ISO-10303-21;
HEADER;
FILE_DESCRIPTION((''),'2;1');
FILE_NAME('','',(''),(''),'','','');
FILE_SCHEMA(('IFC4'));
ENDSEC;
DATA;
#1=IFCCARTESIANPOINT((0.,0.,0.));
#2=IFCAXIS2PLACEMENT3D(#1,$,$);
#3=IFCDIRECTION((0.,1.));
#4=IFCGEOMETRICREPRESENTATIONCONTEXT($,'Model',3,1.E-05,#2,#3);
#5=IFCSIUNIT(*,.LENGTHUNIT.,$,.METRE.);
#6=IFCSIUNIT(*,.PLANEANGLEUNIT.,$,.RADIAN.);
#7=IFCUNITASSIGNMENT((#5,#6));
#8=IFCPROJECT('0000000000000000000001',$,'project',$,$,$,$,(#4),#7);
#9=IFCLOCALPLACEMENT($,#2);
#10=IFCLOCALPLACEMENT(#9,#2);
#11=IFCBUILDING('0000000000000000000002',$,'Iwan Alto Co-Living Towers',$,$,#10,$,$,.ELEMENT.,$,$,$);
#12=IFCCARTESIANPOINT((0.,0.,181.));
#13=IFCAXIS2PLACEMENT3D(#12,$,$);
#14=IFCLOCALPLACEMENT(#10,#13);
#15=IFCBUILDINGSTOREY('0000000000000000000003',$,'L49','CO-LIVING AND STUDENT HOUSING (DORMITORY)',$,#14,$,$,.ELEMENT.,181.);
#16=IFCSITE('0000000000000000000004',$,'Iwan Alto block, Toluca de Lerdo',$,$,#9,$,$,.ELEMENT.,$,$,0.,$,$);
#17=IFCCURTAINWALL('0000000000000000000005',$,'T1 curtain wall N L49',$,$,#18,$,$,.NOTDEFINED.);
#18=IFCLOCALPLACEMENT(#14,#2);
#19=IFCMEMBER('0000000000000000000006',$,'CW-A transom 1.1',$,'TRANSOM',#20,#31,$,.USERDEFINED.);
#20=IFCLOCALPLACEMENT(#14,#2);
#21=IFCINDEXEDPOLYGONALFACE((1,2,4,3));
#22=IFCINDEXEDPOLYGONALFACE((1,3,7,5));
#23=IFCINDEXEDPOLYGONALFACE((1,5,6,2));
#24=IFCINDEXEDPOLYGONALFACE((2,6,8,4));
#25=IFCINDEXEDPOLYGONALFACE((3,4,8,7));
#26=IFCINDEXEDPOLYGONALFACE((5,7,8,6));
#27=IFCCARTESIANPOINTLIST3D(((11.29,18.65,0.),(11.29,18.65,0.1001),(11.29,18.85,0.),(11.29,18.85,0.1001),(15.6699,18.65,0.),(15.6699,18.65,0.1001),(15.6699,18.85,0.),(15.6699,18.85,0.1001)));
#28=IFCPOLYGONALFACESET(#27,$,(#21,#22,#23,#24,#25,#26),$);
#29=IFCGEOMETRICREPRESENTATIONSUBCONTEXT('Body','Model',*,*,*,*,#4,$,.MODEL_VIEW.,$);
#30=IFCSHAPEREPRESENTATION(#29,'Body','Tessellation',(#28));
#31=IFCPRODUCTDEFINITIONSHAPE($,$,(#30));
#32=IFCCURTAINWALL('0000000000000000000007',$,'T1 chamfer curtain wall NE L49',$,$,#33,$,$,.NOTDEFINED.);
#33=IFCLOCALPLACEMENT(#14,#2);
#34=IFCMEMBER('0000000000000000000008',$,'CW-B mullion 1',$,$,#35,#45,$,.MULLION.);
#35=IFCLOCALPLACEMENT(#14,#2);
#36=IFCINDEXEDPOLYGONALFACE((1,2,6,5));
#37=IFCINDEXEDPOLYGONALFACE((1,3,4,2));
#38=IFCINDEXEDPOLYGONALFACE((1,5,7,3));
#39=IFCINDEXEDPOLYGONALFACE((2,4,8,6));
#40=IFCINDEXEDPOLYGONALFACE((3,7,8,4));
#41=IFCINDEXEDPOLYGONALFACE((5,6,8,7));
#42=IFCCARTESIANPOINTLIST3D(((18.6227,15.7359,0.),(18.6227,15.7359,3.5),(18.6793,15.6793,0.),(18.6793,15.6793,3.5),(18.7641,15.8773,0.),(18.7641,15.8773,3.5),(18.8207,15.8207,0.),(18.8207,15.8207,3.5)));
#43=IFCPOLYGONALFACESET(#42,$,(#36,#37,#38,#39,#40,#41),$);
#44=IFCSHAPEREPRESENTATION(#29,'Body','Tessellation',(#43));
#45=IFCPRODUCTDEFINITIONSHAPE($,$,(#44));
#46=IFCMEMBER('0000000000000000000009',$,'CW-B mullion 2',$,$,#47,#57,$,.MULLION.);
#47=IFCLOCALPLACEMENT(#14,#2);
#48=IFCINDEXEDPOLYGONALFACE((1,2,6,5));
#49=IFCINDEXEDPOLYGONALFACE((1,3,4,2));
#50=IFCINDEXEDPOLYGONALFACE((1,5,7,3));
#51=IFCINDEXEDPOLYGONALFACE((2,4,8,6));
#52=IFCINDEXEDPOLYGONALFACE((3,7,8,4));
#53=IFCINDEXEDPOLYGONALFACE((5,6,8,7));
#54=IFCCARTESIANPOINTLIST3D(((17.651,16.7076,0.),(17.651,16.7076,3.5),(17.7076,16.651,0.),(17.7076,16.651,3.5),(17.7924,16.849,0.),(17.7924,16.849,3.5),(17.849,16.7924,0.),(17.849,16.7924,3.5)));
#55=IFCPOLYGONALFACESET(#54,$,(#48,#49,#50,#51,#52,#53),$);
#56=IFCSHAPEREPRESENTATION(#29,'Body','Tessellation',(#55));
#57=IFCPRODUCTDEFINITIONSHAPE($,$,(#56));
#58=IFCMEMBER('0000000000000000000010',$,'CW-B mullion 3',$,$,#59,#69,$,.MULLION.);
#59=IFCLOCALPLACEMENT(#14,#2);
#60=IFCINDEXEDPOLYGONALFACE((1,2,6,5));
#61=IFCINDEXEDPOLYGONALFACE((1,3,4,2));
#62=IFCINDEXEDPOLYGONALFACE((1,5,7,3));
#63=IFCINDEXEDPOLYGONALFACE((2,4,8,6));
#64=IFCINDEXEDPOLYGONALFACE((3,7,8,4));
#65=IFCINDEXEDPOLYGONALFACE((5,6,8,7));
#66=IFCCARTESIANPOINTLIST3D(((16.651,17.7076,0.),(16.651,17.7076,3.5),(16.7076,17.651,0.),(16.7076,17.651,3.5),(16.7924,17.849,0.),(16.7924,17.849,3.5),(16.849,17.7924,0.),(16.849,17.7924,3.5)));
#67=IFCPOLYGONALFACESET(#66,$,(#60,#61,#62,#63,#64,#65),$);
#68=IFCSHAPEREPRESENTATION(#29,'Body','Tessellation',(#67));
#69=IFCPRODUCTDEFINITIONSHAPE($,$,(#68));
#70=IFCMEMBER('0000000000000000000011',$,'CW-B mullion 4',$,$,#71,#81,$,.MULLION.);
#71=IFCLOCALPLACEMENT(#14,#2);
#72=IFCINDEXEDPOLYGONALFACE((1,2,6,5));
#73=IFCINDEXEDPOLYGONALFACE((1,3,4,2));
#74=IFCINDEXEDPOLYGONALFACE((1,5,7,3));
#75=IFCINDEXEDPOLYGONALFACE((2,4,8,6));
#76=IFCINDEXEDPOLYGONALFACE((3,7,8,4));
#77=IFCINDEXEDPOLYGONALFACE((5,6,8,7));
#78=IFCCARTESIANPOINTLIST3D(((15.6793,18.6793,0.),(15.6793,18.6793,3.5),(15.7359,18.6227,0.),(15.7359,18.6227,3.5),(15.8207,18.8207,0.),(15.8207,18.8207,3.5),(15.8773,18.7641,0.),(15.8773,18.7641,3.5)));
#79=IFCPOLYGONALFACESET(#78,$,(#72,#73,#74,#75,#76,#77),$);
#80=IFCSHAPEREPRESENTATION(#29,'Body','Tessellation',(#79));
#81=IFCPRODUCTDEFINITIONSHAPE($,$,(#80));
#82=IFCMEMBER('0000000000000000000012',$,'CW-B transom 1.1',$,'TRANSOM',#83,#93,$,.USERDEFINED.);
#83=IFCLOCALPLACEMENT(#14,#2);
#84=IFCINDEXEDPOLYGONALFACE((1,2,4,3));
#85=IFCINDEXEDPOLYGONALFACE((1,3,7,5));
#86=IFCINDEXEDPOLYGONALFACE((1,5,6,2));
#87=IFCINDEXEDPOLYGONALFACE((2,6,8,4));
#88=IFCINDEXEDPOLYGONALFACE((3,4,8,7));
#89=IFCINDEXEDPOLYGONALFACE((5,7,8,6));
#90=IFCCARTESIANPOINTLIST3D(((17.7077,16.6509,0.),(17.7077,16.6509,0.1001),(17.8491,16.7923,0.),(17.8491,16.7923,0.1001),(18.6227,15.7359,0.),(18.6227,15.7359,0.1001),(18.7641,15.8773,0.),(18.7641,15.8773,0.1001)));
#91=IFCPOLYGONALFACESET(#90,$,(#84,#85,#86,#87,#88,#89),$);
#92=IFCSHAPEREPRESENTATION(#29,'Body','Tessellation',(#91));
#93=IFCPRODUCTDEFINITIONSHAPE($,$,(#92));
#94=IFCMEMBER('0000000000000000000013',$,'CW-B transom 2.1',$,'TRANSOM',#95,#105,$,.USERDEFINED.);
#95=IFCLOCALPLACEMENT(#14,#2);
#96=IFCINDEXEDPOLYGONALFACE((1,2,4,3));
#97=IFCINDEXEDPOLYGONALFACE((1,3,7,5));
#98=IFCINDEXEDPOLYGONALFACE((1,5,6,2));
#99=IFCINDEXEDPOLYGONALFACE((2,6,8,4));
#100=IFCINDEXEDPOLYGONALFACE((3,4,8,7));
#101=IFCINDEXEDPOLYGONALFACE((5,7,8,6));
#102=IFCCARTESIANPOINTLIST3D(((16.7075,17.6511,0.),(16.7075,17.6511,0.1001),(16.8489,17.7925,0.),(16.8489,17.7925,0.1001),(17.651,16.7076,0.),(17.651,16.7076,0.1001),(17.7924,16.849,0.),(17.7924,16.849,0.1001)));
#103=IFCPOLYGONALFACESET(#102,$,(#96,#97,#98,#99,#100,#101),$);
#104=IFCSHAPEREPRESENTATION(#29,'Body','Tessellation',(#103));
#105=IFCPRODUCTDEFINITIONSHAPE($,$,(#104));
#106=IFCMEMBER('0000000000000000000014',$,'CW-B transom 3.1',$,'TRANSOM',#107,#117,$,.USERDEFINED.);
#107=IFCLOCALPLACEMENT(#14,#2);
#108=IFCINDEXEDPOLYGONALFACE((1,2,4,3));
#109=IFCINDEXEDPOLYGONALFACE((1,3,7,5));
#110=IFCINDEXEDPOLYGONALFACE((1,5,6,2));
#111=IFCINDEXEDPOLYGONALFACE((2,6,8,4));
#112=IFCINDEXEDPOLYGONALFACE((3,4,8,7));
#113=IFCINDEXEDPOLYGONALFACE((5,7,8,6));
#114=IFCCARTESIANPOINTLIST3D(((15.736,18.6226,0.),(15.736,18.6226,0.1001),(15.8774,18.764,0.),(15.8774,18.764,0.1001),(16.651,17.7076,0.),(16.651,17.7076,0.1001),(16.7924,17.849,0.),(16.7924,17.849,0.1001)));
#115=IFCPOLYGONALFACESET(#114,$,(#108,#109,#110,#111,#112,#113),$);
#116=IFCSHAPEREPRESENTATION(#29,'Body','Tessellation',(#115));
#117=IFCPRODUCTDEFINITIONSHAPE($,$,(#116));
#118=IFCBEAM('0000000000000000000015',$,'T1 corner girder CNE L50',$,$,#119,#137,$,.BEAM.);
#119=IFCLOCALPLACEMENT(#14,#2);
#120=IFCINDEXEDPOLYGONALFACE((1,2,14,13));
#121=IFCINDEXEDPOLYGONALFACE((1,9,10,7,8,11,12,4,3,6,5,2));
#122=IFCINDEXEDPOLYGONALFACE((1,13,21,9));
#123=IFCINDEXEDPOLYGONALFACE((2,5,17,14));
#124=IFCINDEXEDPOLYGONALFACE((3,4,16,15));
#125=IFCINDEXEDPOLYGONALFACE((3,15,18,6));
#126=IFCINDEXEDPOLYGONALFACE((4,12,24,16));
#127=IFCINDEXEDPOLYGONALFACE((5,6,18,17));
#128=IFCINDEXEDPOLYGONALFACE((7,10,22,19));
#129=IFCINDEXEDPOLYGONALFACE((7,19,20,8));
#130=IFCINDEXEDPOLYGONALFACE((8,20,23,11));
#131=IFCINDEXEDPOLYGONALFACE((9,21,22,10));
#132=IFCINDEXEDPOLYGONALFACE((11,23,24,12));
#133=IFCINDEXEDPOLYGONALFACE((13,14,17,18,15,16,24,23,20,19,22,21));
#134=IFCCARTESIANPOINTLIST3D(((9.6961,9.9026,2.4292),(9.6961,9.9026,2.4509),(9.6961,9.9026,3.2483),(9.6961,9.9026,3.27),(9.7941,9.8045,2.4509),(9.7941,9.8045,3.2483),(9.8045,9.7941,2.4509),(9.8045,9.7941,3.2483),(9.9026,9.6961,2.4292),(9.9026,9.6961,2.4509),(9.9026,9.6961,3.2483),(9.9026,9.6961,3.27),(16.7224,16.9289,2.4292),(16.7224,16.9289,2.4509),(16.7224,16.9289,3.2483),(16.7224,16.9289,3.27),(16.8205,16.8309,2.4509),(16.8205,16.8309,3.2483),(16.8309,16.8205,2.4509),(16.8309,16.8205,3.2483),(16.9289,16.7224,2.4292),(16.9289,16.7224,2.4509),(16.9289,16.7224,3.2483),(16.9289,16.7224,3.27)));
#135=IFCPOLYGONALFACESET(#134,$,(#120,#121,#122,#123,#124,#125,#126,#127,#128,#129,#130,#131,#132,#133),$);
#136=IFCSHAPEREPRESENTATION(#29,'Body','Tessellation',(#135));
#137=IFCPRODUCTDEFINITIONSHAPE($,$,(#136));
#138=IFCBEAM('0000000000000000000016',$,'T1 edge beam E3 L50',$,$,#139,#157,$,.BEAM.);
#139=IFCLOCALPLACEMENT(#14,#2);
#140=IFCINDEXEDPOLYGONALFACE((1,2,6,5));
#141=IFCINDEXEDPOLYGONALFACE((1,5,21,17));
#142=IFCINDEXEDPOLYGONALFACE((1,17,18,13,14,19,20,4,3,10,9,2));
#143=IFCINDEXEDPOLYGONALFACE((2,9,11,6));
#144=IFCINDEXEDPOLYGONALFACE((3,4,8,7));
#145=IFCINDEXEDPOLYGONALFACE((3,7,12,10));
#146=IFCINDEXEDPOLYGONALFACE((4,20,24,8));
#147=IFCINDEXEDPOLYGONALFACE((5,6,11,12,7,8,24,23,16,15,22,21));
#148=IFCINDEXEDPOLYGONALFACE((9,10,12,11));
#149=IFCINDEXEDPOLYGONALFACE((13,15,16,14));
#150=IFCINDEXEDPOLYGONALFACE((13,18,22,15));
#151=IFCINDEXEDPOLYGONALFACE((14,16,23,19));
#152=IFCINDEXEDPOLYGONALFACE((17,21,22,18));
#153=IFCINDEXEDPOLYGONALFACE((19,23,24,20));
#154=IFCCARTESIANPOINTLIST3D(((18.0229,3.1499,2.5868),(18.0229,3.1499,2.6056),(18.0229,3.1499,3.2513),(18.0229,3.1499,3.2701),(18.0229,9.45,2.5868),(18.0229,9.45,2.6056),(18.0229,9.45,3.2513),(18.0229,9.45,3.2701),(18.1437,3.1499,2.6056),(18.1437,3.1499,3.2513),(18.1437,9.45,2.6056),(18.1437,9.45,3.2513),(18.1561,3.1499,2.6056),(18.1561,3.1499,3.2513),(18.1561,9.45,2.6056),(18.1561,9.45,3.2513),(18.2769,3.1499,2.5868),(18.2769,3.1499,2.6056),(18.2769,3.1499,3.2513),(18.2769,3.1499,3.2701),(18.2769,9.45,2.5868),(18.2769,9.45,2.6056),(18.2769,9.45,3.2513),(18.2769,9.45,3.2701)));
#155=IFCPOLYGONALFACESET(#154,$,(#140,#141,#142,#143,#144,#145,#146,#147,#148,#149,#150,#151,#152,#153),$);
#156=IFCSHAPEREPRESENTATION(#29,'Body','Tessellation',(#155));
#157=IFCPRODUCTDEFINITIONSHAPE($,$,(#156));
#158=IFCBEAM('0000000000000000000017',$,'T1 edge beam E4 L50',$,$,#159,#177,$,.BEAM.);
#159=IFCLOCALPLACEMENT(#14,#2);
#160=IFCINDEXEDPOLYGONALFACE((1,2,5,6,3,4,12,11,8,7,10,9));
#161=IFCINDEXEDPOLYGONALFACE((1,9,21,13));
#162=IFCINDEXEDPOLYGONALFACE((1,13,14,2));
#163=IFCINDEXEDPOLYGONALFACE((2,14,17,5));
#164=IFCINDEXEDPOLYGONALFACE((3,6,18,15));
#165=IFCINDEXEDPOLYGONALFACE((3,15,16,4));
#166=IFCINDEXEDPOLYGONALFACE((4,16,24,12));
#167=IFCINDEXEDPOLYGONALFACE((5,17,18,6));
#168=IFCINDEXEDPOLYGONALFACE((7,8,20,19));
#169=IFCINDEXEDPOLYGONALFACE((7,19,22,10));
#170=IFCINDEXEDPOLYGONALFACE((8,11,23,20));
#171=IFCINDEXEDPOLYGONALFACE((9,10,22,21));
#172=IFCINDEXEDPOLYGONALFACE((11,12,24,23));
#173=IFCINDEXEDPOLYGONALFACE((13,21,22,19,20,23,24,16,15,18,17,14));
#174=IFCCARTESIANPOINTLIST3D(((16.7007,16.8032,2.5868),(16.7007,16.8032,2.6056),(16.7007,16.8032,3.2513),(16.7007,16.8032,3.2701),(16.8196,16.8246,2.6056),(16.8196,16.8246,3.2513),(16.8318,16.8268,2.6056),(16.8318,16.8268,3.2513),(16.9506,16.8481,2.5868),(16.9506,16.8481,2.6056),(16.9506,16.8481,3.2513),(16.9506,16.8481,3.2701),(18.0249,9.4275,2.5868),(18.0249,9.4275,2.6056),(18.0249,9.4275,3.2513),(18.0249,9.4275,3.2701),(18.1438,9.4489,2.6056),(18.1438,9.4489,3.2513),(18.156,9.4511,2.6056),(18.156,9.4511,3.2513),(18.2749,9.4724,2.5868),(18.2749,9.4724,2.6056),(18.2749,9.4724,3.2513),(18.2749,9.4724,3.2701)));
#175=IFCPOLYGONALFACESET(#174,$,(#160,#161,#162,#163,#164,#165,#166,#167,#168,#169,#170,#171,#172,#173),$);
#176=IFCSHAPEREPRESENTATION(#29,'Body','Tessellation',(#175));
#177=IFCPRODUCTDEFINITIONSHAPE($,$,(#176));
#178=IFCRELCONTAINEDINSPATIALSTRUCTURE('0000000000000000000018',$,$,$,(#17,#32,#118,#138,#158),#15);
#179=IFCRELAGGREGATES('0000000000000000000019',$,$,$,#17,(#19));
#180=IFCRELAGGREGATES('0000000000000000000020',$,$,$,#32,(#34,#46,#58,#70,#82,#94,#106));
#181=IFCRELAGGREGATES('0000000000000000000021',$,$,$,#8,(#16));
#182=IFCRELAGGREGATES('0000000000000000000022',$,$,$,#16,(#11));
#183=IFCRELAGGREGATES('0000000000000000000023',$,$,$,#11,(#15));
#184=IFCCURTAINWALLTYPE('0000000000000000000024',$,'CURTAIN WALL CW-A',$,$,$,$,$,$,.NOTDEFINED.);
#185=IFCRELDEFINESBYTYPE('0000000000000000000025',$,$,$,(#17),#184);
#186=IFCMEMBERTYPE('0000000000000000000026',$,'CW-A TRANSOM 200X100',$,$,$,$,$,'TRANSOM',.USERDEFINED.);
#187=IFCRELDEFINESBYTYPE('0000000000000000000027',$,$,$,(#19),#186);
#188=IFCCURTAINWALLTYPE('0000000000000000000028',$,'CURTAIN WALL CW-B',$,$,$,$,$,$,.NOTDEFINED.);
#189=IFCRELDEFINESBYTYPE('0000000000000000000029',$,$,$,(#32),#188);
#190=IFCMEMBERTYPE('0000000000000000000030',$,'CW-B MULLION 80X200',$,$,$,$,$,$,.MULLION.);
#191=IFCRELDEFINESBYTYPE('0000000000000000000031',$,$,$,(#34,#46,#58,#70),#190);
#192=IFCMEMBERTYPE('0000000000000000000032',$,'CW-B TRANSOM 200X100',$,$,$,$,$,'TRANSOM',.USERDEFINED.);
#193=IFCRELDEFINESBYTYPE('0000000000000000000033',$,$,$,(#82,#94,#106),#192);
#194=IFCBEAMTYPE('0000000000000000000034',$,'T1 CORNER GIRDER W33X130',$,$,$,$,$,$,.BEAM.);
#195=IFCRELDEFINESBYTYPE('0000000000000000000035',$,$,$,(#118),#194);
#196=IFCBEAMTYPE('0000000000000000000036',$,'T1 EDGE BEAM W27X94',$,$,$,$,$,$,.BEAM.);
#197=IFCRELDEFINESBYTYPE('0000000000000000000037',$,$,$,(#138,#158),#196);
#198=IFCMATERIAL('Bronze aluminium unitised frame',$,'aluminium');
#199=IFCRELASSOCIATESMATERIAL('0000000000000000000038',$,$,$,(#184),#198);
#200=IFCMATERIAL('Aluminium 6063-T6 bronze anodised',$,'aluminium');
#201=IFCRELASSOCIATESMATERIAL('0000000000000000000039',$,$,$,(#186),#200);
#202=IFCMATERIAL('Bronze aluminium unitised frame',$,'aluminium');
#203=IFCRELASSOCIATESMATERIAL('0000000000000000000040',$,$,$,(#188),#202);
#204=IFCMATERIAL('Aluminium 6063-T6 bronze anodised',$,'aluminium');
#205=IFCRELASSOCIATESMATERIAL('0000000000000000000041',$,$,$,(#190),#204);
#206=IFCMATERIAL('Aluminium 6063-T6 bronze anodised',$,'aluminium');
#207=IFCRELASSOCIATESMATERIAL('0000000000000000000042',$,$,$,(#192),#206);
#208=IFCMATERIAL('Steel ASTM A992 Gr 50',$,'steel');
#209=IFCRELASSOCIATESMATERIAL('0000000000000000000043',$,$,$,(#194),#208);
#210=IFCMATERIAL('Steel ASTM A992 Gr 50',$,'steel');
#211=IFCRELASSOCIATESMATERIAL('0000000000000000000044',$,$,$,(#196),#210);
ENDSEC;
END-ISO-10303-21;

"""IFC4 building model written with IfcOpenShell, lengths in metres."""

from ifc_helpers import new_model, si_unit, direction, frame, origin, origin_2d, place, context, subcontext, project, spatial, rectangle, i_section, extrude, material, material_profile, profile_set, type_object, element, aggregate, save


model = new_model("IFC4")

# Units and contexts
model_context = context("Model", 3, precision=1e-05, world=origin(), true_north=direction((0.0, 1.0)))
body_context = subcontext(model_context, "Body", "Model", "MODEL_VIEW")
ifc_project = project(units=[si_unit("LENGTHUNIT", "METRE"), si_unit("PLANEANGLEUNIT", "RADIAN")], contexts=[model_context])

# Site, building, storey
site_placement = place(None, origin())
site = spatial("IfcSite", under=ifc_project, at=site_placement, Name="Iwan Alto block, Toluca de Lerdo", CompositionType="ELEMENT", RefElevation=0.0)
building_placement = place(site_placement, origin())
building = spatial("IfcBuilding", under=site, at=building_placement, Name="Iwan Alto Co-Living Towers", CompositionType="ELEMENT")
storey_placement = place(building_placement, frame((0.0, 0.0, 181.0)))
storey = spatial("IfcBuildingStorey", under=building, at=storey_placement, Name="L49", Description="CO-LIVING AND STUDENT HOUSING (DORMITORY)", CompositionType="ELEMENT", Elevation=181.0)

# Shared definitions
ifc_material_1 = material(Name="Bronze aluminium unitised frame", Category="aluminium")
curtain_wall_type_1 = type_object("IfcCurtainWallType", Name="CURTAIN WALL CW-A", PredefinedType="NOTDEFINED", material=ifc_material_1)

# Curtain wall
curtain_wall_1_placement = place(storey_placement, origin())
curtain_wall_1 = element("IfcCurtainWall", 1, at=curtain_wall_1_placement, inside=storey, type_object=curtain_wall_type_1, Name="T1 curtain wall N L49", PredefinedType="NOTDEFINED")

# Member
ifc_material_2 = material(Name="Aluminium 6063-T6 bronze anodised", Category="aluminium")
ifc_material_profile_1 = material_profile(ifc_material_2, rectangle(XDim=0.2, YDim=0.1001, at=origin_2d()), Name="AL 200X100")
ifc_profile_set_1 = profile_set([ifc_material_profile_1], Name="Aluminium 6063-T6 bronze anodised")
member_type_1 = type_object("IfcMemberType", Name="CW-A TRANSOM 200X100", ElementType="TRANSOM", PredefinedType="USERDEFINED", material=ifc_profile_set_1)
member_1_placement = place(storey_placement, frame((15.6699, 18.75, 0.05), z_axis=(-1.0, 0.0, 0.0), x_axis=(0.0, -1.0, 0.0)))
member_1 = element("IfcMember", 2, at=member_1_placement, type_object=member_type_1, Name="CW-A transom 1.1", ObjectType="TRANSOM", PredefinedType="USERDEFINED", context=body_context, shape_type="SweptSolid", body=[
    extrude(rectangle(XDim=0.2, YDim=0.1001, at=origin_2d()), origin(), (0.0, 0.0, 1.0), 4.3799),
])

# Curtain wall, members
ifc_material_3 = material(Name="Bronze aluminium unitised frame", Category="aluminium")
curtain_wall_type_2 = type_object("IfcCurtainWallType", Name="CURTAIN WALL CW-B", PredefinedType="NOTDEFINED", material=ifc_material_3)
curtain_wall_2_placement = place(storey_placement, origin())
curtain_wall_2 = element("IfcCurtainWall", 3, at=curtain_wall_2_placement, inside=storey, type_object=curtain_wall_type_2, Name="T1 chamfer curtain wall NE L49", PredefinedType="NOTDEFINED")
ifc_material_4 = material(Name="Aluminium 6063-T6 bronze anodised", Category="aluminium")
ifc_material_profile_2 = material_profile(ifc_material_4, rectangle(XDim=0.2, YDim=0.0801, at=origin_2d()), Name="AL 80X200")
ifc_profile_set_2 = profile_set([ifc_material_profile_2], Name="Aluminium 6063-T6 bronze anodised")
member_type_2 = type_object("IfcMemberType", Name="CW-B MULLION 80X200", PredefinedType="MULLION", material=ifc_profile_set_2)
member_2_placement = place(storey_placement, frame((18.7217, 15.7783, 0.0), z_axis=(0.0, 0.0, 1.0), x_axis=(-0.707107, -0.707107, 0.0)))
member_2 = element("IfcMember", 4, at=member_2_placement, type_object=member_type_2, Name="CW-B mullion 1", PredefinedType="MULLION", context=body_context, shape_type="SweptSolid", body=[
    extrude(rectangle(XDim=0.2, YDim=0.0801, at=origin_2d()), origin(), (0.0, 0.0, 1.0), 3.5),
])
member_3_placement = place(storey_placement, frame((17.75, 16.75, 0.0), z_axis=(0.0, 0.0, 1.0), x_axis=(-0.707107, -0.707107, 0.0)))
member_3 = element("IfcMember", 5, at=member_3_placement, type_object=member_type_2, Name="CW-B mullion 2", PredefinedType="MULLION", context=body_context, shape_type="SweptSolid", body=[
    extrude(rectangle(XDim=0.2, YDim=0.0801, at=origin_2d()), origin(), (0.0, 0.0, 1.0), 3.5),
])
member_4_placement = place(storey_placement, frame((16.75, 17.75, 0.0), z_axis=(0.0, 0.0, 1.0), x_axis=(-0.707107, -0.707107, 0.0)))
member_4 = element("IfcMember", 6, at=member_4_placement, type_object=member_type_2, Name="CW-B mullion 3", PredefinedType="MULLION", context=body_context, shape_type="SweptSolid", body=[
    extrude(rectangle(XDim=0.2, YDim=0.0801, at=origin_2d()), origin(), (0.0, 0.0, 1.0), 3.5),
])
member_5_placement = place(storey_placement, frame((15.7783, 18.7217, 0.0), z_axis=(0.0, 0.0, 1.0), x_axis=(-0.707107, -0.707107, 0.0)))
member_5 = element("IfcMember", 7, at=member_5_placement, type_object=member_type_2, Name="CW-B mullion 4", PredefinedType="MULLION", context=body_context, shape_type="SweptSolid", body=[
    extrude(rectangle(XDim=0.2, YDim=0.0801, at=origin_2d()), origin(), (0.0, 0.0, 1.0), 3.5),
])
ifc_material_5 = material(Name="Aluminium 6063-T6 bronze anodised", Category="aluminium")
ifc_material_profile_3 = material_profile(ifc_material_5, rectangle(XDim=0.2, YDim=0.1001, at=origin_2d()), Name="AL 200X100")
ifc_profile_set_3 = profile_set([ifc_material_profile_3], Name="Aluminium 6063-T6 bronze anodised")
member_type_3 = type_object("IfcMemberType", Name="CW-B TRANSOM 200X100", ElementType="TRANSOM", PredefinedType="USERDEFINED", material=ifc_profile_set_3)
member_6_placement = place(storey_placement, frame((18.6934, 15.8066, 0.05), z_axis=(-0.707107, 0.707107, 0.0), x_axis=(-0.707107, -0.707107, 0.0)))
member_6 = element("IfcMember", 8, at=member_6_placement, type_object=member_type_3, Name="CW-B transom 1.1", ObjectType="TRANSOM", PredefinedType="USERDEFINED", context=body_context, shape_type="SweptSolid", body=[
    extrude(rectangle(XDim=0.2, YDim=0.1001, at=origin_2d()), origin(), (0.0, 0.0, 1.0), 1.2939),
])
member_7_placement = place(storey_placement, frame((17.7217, 16.7783, 0.05), z_axis=(-0.707107, 0.707107, 0.0), x_axis=(-0.707107, -0.707107, 0.0)))
member_7 = element("IfcMember", 9, at=member_7_placement, type_object=member_type_3, Name="CW-B transom 2.1", ObjectType="TRANSOM", PredefinedType="USERDEFINED", context=body_context, shape_type="SweptSolid", body=[
    extrude(rectangle(XDim=0.2, YDim=0.1001, at=origin_2d()), origin(), (0.0, 0.0, 1.0), 1.3342),
])
member_8_placement = place(storey_placement, frame((16.7217, 17.7783, 0.05), z_axis=(-0.707107, 0.707107, 0.0), x_axis=(-0.707107, -0.707107, 0.0)))
member_8 = element("IfcMember", 10, at=member_8_placement, type_object=member_type_3, Name="CW-B transom 3.1", ObjectType="TRANSOM", PredefinedType="USERDEFINED", context=body_context, shape_type="SweptSolid", body=[
    extrude(rectangle(XDim=0.2, YDim=0.1001, at=origin_2d()), origin(), (0.0, 0.0, 1.0), 1.2939),
])

# Beams
ifc_material_6 = material(Name="Steel ASTM A992 Gr 50", Category="steel")
ifc_material_profile_4 = material_profile(ifc_material_6, i_section(OverallWidth=0.292, OverallDepth=0.8408, WebThickness=0.0146, FlangeThickness=0.0217, at=origin_2d()), Name="W33X130")
ifc_profile_set_4 = profile_set([ifc_material_profile_4], Name="Steel ASTM A992 Gr 50")
beam_type_1 = type_object("IfcBeamType", Name="T1 CORNER GIRDER W33X130", PredefinedType="BEAM", material=ifc_profile_set_4)
beam_1_placement = place(storey_placement, frame((16.8257, 16.8257, 2.8496), z_axis=(-0.707107, -0.707107, 0.0), x_axis=(0.707107, -0.707107, 0.0)))
element("IfcBeam", 11, at=beam_1_placement, inside=storey, type_object=beam_type_1, Name="T1 corner girder CNE L50", PredefinedType="BEAM", context=body_context, shape_type="SweptSolid", body=[
    extrude(i_section(OverallWidth=0.292, OverallDepth=0.8408, WebThickness=0.0146, FlangeThickness=0.0217, at=origin_2d()), origin(), (0.0, 0.0, 1.0), 9.9368),
])
ifc_material_7 = material(Name="Steel ASTM A992 Gr 50", Category="steel")
ifc_material_profile_5 = material_profile(ifc_material_7, i_section(OverallWidth=0.2539, OverallDepth=0.6833, WebThickness=0.0125, FlangeThickness=0.0188, at=origin_2d()), Name="W27X94")
ifc_profile_set_5 = profile_set([ifc_material_profile_5], Name="Steel ASTM A992 Gr 50")
beam_type_2 = type_object("IfcBeamType", Name="T1 EDGE BEAM W27X94", PredefinedType="BEAM", material=ifc_profile_set_5)
beam_2_placement = place(storey_placement, frame((18.1499, 3.1499, 2.9285), z_axis=(0.0, 1.0, 0.0), x_axis=(-1.0, 0.0, 0.0)))
element("IfcBeam", 12, at=beam_2_placement, inside=storey, type_object=beam_type_2, Name="T1 edge beam E3 L50", PredefinedType="BEAM", context=body_context, shape_type="SweptSolid", body=[
    extrude(i_section(OverallWidth=0.2539, OverallDepth=0.6833, WebThickness=0.0125, FlangeThickness=0.0188, at=origin_2d()), origin(), (0.0, 0.0, 1.0), 6.3),
])
for number, where, z_axis, x_axis, name in (
    (13, (18.1499, 9.45, 2.9285), (-0.176712, 0.984263, 0.0), (-0.984263, -0.176712, 0.0), "T1 edge beam E4 L50"),
):
    element("IfcBeam", number, at=place(storey_placement, frame(where, z_axis=z_axis, x_axis=x_axis)), inside=storey, type_object=beam_type_2, Name=name, PredefinedType="BEAM", context=body_context, shape_type="SweptSolid", body=[
        extrude(i_section(OverallWidth=0.2539, OverallDepth=0.6833, WebThickness=0.0125, FlangeThickness=0.0188, at=origin_2d()), origin(), (0.0, 0.0, 1.0), 7.4937),
    ])

aggregate(curtain_wall_1, [member_1])
aggregate(curtain_wall_2, [member_2, member_3, member_4, member_5, member_6, member_7, member_8])

save(model, "model.ifc")
